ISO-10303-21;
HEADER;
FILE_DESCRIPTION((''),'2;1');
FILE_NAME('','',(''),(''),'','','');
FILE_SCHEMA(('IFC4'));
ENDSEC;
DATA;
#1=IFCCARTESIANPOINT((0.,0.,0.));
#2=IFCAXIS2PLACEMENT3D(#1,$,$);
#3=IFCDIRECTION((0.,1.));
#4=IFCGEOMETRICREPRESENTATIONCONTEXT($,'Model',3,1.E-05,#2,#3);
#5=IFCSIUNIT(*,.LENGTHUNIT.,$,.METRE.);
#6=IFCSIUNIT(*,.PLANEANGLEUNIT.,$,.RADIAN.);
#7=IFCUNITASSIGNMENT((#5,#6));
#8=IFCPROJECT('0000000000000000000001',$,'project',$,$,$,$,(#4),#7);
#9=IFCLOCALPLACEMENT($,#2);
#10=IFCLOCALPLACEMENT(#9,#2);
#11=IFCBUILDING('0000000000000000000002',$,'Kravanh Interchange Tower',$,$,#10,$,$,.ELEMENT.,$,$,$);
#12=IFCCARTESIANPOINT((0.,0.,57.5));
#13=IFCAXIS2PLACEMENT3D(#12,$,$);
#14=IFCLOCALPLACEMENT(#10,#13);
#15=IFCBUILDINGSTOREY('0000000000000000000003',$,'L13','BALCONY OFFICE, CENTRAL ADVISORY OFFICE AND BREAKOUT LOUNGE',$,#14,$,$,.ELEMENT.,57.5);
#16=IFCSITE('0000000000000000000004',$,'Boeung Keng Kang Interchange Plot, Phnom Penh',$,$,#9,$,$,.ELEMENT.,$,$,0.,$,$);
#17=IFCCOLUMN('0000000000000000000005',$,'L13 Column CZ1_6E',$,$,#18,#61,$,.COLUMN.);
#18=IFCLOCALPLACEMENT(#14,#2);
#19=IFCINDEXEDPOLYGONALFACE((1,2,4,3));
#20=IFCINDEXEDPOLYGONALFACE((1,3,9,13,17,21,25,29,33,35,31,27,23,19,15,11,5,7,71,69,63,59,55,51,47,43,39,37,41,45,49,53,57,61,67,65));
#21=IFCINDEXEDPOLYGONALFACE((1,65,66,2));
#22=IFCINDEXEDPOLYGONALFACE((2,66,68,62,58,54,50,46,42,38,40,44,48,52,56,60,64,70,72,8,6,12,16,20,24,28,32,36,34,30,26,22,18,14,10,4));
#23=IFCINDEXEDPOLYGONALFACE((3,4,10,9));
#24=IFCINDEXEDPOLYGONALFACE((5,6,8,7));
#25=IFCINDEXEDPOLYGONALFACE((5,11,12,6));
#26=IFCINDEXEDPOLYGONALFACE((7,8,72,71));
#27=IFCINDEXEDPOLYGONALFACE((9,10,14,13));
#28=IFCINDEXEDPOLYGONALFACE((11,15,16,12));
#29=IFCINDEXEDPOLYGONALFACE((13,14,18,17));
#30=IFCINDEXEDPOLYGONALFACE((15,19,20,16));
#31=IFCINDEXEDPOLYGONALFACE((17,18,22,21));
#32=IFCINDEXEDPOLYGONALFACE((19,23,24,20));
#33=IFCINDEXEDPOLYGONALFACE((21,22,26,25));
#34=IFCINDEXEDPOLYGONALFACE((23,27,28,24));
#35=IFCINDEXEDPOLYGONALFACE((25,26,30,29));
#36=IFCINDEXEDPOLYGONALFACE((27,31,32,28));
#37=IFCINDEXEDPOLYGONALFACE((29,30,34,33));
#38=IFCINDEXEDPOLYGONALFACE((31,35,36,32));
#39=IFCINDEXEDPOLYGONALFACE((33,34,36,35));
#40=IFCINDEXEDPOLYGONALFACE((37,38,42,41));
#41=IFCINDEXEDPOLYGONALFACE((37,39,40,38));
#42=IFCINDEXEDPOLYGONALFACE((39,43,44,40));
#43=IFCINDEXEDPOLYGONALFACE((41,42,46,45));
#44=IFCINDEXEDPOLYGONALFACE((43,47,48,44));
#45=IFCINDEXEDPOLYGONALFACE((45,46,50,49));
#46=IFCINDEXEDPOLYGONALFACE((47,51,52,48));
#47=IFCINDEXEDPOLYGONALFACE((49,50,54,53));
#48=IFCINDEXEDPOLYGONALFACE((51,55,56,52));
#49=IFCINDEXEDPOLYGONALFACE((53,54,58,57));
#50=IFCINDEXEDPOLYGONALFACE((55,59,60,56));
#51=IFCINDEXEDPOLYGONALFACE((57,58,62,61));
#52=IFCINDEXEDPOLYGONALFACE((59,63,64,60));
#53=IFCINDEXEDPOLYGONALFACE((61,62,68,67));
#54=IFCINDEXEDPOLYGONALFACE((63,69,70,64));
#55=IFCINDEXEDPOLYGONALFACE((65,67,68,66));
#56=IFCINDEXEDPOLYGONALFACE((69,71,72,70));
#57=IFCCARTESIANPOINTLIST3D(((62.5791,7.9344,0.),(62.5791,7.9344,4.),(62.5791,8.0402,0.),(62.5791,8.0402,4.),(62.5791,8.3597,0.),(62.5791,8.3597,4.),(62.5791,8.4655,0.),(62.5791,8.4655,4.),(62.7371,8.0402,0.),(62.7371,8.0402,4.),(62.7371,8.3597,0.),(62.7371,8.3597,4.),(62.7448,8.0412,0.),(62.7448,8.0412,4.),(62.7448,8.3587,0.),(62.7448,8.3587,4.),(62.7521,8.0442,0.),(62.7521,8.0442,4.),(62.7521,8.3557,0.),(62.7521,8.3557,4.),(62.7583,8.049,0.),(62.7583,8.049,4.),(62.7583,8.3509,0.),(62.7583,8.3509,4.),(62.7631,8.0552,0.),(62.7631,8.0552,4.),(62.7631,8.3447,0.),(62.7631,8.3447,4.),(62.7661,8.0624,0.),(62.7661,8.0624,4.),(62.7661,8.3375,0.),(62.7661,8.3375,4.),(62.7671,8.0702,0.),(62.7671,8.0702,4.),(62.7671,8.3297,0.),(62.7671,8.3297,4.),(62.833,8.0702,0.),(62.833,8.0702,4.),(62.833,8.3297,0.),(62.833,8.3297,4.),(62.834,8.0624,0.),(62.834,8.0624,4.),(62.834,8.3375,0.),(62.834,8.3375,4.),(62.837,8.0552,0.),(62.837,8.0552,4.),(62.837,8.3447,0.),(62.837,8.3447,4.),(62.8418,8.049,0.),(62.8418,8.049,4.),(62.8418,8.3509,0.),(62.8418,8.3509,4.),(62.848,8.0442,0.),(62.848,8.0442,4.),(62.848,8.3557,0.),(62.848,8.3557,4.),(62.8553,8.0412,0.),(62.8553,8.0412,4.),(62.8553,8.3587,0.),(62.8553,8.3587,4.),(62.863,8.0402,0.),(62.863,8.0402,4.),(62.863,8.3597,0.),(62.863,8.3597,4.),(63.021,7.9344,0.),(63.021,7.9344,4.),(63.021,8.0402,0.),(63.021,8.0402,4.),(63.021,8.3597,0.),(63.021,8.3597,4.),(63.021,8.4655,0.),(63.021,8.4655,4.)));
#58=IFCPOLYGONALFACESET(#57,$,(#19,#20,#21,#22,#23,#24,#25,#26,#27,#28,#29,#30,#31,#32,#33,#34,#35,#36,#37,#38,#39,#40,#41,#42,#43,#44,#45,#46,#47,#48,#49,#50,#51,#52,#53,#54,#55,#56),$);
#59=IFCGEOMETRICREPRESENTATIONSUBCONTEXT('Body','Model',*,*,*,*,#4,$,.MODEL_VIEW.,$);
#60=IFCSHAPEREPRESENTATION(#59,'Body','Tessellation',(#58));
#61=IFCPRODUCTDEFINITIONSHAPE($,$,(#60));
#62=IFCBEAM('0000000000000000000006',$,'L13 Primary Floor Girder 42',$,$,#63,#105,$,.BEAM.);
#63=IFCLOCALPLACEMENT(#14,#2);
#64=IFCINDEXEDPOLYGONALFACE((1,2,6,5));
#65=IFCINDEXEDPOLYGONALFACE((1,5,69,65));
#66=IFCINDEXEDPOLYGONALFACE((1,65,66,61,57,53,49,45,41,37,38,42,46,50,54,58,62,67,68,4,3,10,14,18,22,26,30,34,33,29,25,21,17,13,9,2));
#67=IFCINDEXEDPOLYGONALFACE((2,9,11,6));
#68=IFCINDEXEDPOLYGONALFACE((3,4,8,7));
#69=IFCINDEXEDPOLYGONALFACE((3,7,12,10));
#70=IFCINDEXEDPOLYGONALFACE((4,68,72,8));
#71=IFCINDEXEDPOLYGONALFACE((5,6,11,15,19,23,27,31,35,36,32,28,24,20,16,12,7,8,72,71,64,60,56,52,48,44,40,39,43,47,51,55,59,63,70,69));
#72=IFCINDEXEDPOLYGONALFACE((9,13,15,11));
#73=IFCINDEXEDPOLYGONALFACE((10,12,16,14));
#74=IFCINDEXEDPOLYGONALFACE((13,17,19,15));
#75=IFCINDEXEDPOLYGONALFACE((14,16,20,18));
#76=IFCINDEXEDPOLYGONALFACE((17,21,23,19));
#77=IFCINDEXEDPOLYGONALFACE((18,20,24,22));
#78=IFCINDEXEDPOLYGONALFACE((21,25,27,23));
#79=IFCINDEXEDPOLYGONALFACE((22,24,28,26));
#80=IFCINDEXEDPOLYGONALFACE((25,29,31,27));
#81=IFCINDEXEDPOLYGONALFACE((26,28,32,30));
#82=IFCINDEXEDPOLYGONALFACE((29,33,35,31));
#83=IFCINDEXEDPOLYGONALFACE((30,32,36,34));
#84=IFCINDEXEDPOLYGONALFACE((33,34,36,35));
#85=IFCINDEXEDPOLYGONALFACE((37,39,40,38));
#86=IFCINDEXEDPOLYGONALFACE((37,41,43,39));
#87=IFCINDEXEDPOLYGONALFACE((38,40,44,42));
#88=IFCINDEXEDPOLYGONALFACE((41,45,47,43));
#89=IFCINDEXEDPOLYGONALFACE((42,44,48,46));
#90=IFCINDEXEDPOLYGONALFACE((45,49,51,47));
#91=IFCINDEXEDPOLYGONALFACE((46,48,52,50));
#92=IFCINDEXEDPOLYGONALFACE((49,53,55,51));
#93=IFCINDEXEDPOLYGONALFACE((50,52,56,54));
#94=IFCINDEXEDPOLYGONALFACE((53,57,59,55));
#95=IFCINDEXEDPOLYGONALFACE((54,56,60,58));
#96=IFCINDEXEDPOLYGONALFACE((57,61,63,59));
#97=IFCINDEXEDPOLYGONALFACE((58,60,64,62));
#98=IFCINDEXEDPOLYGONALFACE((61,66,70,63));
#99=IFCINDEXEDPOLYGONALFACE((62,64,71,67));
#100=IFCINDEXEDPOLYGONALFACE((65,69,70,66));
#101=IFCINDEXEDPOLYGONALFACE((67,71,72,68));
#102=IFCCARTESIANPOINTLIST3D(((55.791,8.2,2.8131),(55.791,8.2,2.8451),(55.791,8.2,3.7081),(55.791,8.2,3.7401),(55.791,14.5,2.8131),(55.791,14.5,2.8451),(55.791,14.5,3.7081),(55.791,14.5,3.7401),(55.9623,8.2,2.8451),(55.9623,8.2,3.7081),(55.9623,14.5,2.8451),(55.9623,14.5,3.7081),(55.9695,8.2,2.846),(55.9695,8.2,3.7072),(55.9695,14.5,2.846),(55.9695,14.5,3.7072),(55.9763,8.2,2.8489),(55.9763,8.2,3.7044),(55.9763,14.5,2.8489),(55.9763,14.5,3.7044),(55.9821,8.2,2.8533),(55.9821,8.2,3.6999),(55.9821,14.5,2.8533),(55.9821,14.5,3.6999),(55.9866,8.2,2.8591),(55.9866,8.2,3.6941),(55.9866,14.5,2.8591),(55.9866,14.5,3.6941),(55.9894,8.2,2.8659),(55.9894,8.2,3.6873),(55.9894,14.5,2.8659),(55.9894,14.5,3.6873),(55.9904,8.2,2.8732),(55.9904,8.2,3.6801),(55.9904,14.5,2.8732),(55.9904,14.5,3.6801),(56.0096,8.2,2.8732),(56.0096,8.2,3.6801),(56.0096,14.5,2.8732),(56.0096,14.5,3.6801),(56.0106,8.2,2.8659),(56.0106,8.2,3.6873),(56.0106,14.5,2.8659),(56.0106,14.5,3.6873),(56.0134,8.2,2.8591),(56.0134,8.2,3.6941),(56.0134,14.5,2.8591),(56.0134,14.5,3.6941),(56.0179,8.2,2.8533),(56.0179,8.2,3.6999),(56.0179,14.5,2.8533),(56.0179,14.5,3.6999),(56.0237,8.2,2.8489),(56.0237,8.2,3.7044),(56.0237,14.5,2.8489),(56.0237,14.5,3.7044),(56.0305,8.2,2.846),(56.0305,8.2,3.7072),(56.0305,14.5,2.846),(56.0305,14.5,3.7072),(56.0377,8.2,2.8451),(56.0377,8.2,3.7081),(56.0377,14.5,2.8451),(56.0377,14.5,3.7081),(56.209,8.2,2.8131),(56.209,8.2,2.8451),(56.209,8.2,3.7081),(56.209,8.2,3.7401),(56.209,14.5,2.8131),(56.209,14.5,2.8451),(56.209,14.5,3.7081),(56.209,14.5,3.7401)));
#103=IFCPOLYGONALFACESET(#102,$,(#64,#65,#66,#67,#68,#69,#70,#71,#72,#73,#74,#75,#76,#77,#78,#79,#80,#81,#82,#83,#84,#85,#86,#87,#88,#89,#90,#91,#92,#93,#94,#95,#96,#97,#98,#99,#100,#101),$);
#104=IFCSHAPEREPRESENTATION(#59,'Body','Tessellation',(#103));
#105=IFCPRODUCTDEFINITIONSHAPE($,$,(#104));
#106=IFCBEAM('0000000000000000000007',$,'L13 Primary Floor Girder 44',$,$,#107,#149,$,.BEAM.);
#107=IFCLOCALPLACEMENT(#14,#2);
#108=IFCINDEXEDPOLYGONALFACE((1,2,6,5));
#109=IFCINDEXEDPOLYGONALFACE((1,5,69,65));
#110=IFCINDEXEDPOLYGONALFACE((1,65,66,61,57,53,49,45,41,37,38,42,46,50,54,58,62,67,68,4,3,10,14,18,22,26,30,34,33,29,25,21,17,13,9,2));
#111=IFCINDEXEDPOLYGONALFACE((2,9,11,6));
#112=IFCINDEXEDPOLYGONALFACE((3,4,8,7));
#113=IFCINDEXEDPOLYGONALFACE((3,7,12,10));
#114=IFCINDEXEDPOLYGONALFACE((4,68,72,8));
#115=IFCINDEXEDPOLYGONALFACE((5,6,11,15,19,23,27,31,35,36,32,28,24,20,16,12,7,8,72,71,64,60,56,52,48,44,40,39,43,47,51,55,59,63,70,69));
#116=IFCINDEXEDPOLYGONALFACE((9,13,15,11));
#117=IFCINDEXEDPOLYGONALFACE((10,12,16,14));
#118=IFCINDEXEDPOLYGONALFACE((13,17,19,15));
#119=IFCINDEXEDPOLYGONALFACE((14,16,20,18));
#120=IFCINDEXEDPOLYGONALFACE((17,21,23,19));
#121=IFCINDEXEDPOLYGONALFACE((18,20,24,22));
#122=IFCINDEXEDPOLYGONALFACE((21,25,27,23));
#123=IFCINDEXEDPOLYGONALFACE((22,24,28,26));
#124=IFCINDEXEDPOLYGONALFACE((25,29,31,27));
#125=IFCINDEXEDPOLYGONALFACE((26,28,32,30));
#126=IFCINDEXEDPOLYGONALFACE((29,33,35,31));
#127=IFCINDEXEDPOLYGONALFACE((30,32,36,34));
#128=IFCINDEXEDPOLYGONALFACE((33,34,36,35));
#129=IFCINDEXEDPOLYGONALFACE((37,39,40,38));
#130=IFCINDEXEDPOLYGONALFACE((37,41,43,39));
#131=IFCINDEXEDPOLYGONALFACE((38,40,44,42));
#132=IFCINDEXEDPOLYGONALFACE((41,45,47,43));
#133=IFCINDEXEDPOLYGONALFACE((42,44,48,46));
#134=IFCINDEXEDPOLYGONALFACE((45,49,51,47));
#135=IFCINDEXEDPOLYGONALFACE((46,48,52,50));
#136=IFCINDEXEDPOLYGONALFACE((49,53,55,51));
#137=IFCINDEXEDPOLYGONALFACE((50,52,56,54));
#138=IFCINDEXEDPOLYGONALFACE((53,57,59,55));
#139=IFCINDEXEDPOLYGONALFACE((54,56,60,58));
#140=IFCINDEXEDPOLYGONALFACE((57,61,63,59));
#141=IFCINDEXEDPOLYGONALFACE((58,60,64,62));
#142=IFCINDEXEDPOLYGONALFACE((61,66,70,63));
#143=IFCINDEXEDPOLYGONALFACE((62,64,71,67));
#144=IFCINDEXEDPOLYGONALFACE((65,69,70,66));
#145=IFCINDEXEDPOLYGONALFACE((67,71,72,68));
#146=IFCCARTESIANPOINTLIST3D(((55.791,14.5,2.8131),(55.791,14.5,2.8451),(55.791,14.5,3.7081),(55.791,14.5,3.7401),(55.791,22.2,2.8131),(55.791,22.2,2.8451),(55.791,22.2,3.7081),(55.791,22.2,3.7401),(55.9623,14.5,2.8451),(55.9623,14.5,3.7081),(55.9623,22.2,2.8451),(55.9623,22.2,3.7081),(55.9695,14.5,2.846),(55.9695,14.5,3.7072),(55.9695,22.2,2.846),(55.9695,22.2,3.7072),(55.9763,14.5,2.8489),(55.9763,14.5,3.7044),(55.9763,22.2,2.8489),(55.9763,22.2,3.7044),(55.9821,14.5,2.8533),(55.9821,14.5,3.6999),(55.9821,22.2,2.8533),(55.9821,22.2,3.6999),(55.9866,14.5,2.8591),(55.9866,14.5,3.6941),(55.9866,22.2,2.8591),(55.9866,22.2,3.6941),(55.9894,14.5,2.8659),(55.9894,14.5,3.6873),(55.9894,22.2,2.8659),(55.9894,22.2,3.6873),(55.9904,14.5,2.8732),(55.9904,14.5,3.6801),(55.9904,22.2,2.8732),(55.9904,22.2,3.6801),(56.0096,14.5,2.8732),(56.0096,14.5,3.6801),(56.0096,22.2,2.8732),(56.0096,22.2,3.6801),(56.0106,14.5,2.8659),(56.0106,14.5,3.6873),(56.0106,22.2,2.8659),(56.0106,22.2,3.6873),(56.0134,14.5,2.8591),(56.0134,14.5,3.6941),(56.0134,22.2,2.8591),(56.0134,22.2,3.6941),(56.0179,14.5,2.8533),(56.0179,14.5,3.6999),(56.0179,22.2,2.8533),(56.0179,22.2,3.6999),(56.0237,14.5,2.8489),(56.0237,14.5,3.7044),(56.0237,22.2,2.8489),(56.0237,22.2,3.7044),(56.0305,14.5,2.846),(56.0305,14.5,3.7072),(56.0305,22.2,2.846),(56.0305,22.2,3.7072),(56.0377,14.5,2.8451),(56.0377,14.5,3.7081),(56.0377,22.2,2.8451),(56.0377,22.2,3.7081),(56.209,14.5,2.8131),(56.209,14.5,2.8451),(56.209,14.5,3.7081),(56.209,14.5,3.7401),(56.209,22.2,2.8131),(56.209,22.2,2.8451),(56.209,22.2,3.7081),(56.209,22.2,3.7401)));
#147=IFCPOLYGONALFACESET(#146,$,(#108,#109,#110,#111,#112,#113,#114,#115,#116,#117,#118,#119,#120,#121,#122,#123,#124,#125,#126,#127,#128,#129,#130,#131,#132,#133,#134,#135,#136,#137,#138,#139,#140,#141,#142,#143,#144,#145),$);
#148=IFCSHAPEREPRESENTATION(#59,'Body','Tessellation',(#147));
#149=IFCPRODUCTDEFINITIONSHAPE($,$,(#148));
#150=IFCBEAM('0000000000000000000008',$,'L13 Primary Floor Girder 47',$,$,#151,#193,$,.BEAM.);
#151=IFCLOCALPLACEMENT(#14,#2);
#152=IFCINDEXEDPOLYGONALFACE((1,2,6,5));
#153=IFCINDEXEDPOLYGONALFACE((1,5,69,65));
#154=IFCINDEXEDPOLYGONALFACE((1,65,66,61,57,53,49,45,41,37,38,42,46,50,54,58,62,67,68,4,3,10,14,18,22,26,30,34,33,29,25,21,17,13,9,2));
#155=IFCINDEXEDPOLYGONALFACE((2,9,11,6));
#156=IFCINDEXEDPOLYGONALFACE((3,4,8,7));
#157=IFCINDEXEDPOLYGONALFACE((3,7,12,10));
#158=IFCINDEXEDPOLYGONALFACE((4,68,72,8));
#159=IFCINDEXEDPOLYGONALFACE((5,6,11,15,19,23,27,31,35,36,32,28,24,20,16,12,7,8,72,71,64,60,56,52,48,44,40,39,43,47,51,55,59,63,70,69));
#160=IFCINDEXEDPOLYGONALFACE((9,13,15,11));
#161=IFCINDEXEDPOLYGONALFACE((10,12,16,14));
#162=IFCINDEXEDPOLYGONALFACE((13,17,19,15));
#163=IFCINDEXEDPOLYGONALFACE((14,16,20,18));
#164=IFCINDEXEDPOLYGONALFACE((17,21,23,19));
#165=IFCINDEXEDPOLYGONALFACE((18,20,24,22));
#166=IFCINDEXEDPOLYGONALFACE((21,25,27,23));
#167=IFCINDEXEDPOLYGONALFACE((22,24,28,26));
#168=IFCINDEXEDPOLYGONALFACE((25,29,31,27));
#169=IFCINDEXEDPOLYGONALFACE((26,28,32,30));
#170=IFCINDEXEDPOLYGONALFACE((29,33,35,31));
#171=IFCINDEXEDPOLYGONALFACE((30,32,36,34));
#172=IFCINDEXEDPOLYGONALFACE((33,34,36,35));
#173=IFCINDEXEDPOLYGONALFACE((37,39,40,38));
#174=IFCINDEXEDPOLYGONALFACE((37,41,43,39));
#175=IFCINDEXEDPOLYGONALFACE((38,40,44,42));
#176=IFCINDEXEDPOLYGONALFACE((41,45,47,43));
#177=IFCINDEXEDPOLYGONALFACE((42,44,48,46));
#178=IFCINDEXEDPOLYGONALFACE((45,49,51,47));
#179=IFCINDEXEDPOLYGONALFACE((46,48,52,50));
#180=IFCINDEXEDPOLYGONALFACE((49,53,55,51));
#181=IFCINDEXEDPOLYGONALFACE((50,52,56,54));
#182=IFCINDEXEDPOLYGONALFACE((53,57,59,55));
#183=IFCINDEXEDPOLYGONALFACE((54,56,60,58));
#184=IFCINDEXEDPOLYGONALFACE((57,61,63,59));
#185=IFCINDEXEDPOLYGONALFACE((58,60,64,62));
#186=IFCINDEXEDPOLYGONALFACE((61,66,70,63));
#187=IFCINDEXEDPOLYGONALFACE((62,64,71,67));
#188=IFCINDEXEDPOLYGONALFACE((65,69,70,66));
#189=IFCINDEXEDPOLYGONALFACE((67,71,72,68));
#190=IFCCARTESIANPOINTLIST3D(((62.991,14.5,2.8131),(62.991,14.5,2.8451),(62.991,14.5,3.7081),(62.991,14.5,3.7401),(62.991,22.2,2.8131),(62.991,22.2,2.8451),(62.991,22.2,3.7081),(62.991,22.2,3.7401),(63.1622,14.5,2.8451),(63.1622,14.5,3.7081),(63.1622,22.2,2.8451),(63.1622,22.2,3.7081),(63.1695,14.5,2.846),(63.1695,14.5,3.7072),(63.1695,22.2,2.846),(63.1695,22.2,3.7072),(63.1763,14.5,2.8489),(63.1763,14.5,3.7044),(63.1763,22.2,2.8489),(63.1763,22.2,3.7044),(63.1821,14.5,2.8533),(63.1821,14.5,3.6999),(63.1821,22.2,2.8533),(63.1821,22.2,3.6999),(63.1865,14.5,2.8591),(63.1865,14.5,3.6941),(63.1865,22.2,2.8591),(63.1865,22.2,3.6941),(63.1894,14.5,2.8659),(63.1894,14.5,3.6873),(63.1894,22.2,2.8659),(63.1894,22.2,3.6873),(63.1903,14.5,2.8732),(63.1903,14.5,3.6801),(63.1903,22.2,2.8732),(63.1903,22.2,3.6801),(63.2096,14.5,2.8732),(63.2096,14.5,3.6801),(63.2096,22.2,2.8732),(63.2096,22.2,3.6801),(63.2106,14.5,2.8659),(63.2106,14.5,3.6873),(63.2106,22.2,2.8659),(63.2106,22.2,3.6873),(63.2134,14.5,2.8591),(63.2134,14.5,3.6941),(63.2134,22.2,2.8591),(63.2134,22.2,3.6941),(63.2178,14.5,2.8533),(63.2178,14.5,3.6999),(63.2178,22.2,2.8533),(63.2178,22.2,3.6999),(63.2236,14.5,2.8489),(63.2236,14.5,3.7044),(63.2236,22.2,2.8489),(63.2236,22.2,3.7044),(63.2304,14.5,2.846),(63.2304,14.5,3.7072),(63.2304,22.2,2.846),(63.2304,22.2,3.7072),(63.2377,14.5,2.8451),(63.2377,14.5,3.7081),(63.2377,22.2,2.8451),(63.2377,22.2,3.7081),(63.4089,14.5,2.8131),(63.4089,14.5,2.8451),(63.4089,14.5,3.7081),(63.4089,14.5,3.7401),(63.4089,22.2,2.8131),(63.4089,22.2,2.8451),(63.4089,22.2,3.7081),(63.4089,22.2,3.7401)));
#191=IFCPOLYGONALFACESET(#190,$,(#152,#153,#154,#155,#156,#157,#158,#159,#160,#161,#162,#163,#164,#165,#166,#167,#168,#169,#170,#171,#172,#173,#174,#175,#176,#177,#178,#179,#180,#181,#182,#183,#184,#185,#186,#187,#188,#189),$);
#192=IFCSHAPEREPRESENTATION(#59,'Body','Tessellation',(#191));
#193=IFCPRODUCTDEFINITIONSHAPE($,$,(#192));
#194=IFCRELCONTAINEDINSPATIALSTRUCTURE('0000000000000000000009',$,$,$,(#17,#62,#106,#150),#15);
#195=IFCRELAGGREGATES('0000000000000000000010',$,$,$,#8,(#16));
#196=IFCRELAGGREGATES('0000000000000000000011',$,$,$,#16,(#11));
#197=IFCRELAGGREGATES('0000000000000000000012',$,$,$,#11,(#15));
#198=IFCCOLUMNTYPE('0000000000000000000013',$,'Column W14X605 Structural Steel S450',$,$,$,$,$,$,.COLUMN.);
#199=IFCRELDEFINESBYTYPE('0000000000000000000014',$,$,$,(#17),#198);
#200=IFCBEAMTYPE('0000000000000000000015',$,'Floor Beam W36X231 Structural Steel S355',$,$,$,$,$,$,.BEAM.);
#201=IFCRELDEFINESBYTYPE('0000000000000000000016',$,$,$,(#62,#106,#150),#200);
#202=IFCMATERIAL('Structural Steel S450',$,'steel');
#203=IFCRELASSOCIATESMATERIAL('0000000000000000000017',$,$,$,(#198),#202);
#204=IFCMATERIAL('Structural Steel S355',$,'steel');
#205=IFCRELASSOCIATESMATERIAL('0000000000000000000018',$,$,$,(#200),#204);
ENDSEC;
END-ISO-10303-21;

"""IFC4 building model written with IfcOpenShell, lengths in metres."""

from ifc_helpers import new_model, si_unit, direction, frame, origin, origin_2d, place, context, subcontext, project, spatial, i_section, extrude, material, material_profile, profile_set, type_object, element, save


model = new_model("IFC4")

# Units and contexts
model_context = context("Model", 3, precision=1e-05, world=origin(), true_north=direction((0.0, 1.0)))
body_context = subcontext(model_context, "Body", "Model", "MODEL_VIEW")
ifc_project = project(units=[si_unit("LENGTHUNIT", "METRE"), si_unit("PLANEANGLEUNIT", "RADIAN")], contexts=[model_context])

# Site, building, storey
site_placement = place(None, origin())
site = spatial("IfcSite", under=ifc_project, at=site_placement, Name="Boeung Keng Kang Interchange Plot, Phnom Penh", CompositionType="ELEMENT", RefElevation=0.0)
building_placement = place(site_placement, origin())
building = spatial("IfcBuilding", under=site, at=building_placement, Name="Kravanh Interchange Tower", CompositionType="ELEMENT")
storey_placement = place(building_placement, frame((0.0, 0.0, 57.5)))
storey = spatial("IfcBuildingStorey", under=building, at=storey_placement, Name="L13", Description="BALCONY OFFICE, CENTRAL ADVISORY OFFICE AND BREAKOUT LOUNGE", CompositionType="ELEMENT", Elevation=57.5)

# Column
ifc_material_1 = material(Name="Structural Steel S450", Category="steel")
ifc_material_profile_1 = material_profile(ifc_material_1, i_section(OverallWidth=0.4419, OverallDepth=0.531, WebThickness=0.0659, FlangeThickness=0.1057, FilletRadius=0.03, at=origin_2d()), Name="W14X605")
ifc_profile_set_1 = profile_set([ifc_material_profile_1], Name="Structural Steel S450")
column_type = type_object("IfcColumnType", Name="Column W14X605 Structural Steel S450", PredefinedType="COLUMN", material=ifc_profile_set_1)
for number, where, z_axis, x_axis, name in (
    (1, (62.8, 8.2, 0.0), (0.0, 0.0, 1.0), (1.0, 0.0, 0.0), "L13 Column CZ1_6E"),
):
    element("IfcColumn", number, at=place(storey_placement, frame(where, z_axis=z_axis, x_axis=x_axis)), inside=storey, type_object=column_type, Name=name, PredefinedType="COLUMN", context=body_context, shape_type="SweptSolid", body=[
        extrude(i_section(OverallWidth=0.4419, OverallDepth=0.531, WebThickness=0.0659, FlangeThickness=0.1057, FilletRadius=0.03, at=origin_2d()), origin(), (0.0, 0.0, 1.0), 4.0),
    ])

# Beams
ifc_material_2 = material(Name="Structural Steel S355", Category="steel")
ifc_material_profile_2 = material_profile(ifc_material_2, i_section(OverallWidth=0.418, OverallDepth=0.927, WebThickness=0.0193, FlangeThickness=0.032, FilletRadius=0.0281, at=origin_2d()), Name="W36X231")
ifc_profile_set_2 = profile_set([ifc_material_profile_2], Name="Structural Steel S355")
beam_type_1 = type_object("IfcBeamType", Name="Floor Beam W36X231 Structural Steel S355", PredefinedType="BEAM", material=ifc_profile_set_2)
beam_1_placement = place(storey_placement, frame((56.0, 14.5, 3.2766), z_axis=(0.0, -1.0, 0.0), x_axis=(1.0, 0.0, 0.0)))
element("IfcBeam", 2, at=beam_1_placement, inside=storey, type_object=beam_type_1, Name="L13 Primary Floor Girder 42", PredefinedType="BEAM", context=body_context, shape_type="SweptSolid", body=[
    extrude(i_section(OverallWidth=0.418, OverallDepth=0.927, WebThickness=0.0193, FlangeThickness=0.032, FilletRadius=0.0281, at=origin_2d()), origin(), (0.0, 0.0, 1.0), 6.3),
])
for number, where, z_axis, x_axis, name in (
    (3, (56.0, 14.5, 3.2766), (0.0, 1.0, 0.0), (-1.0, 0.0, 0.0), "L13 Primary Floor Girder 44"),
    (4, (63.2, 14.5, 3.2766), (0.0, 1.0, 0.0), (-1.0, 0.0, 0.0), "L13 Primary Floor Girder 47"),
):
    element("IfcBeam", number, at=place(storey_placement, frame(where, z_axis=z_axis, x_axis=x_axis)), inside=storey, type_object=beam_type_1, Name=name, PredefinedType="BEAM", context=body_context, shape_type="SweptSolid", body=[
        extrude(i_section(OverallWidth=0.418, OverallDepth=0.927, WebThickness=0.0193, FlangeThickness=0.032, FilletRadius=0.0281, at=origin_2d()), origin(), (0.0, 0.0, 1.0), 7.7),
    ])

save(model, "model.ifc")
